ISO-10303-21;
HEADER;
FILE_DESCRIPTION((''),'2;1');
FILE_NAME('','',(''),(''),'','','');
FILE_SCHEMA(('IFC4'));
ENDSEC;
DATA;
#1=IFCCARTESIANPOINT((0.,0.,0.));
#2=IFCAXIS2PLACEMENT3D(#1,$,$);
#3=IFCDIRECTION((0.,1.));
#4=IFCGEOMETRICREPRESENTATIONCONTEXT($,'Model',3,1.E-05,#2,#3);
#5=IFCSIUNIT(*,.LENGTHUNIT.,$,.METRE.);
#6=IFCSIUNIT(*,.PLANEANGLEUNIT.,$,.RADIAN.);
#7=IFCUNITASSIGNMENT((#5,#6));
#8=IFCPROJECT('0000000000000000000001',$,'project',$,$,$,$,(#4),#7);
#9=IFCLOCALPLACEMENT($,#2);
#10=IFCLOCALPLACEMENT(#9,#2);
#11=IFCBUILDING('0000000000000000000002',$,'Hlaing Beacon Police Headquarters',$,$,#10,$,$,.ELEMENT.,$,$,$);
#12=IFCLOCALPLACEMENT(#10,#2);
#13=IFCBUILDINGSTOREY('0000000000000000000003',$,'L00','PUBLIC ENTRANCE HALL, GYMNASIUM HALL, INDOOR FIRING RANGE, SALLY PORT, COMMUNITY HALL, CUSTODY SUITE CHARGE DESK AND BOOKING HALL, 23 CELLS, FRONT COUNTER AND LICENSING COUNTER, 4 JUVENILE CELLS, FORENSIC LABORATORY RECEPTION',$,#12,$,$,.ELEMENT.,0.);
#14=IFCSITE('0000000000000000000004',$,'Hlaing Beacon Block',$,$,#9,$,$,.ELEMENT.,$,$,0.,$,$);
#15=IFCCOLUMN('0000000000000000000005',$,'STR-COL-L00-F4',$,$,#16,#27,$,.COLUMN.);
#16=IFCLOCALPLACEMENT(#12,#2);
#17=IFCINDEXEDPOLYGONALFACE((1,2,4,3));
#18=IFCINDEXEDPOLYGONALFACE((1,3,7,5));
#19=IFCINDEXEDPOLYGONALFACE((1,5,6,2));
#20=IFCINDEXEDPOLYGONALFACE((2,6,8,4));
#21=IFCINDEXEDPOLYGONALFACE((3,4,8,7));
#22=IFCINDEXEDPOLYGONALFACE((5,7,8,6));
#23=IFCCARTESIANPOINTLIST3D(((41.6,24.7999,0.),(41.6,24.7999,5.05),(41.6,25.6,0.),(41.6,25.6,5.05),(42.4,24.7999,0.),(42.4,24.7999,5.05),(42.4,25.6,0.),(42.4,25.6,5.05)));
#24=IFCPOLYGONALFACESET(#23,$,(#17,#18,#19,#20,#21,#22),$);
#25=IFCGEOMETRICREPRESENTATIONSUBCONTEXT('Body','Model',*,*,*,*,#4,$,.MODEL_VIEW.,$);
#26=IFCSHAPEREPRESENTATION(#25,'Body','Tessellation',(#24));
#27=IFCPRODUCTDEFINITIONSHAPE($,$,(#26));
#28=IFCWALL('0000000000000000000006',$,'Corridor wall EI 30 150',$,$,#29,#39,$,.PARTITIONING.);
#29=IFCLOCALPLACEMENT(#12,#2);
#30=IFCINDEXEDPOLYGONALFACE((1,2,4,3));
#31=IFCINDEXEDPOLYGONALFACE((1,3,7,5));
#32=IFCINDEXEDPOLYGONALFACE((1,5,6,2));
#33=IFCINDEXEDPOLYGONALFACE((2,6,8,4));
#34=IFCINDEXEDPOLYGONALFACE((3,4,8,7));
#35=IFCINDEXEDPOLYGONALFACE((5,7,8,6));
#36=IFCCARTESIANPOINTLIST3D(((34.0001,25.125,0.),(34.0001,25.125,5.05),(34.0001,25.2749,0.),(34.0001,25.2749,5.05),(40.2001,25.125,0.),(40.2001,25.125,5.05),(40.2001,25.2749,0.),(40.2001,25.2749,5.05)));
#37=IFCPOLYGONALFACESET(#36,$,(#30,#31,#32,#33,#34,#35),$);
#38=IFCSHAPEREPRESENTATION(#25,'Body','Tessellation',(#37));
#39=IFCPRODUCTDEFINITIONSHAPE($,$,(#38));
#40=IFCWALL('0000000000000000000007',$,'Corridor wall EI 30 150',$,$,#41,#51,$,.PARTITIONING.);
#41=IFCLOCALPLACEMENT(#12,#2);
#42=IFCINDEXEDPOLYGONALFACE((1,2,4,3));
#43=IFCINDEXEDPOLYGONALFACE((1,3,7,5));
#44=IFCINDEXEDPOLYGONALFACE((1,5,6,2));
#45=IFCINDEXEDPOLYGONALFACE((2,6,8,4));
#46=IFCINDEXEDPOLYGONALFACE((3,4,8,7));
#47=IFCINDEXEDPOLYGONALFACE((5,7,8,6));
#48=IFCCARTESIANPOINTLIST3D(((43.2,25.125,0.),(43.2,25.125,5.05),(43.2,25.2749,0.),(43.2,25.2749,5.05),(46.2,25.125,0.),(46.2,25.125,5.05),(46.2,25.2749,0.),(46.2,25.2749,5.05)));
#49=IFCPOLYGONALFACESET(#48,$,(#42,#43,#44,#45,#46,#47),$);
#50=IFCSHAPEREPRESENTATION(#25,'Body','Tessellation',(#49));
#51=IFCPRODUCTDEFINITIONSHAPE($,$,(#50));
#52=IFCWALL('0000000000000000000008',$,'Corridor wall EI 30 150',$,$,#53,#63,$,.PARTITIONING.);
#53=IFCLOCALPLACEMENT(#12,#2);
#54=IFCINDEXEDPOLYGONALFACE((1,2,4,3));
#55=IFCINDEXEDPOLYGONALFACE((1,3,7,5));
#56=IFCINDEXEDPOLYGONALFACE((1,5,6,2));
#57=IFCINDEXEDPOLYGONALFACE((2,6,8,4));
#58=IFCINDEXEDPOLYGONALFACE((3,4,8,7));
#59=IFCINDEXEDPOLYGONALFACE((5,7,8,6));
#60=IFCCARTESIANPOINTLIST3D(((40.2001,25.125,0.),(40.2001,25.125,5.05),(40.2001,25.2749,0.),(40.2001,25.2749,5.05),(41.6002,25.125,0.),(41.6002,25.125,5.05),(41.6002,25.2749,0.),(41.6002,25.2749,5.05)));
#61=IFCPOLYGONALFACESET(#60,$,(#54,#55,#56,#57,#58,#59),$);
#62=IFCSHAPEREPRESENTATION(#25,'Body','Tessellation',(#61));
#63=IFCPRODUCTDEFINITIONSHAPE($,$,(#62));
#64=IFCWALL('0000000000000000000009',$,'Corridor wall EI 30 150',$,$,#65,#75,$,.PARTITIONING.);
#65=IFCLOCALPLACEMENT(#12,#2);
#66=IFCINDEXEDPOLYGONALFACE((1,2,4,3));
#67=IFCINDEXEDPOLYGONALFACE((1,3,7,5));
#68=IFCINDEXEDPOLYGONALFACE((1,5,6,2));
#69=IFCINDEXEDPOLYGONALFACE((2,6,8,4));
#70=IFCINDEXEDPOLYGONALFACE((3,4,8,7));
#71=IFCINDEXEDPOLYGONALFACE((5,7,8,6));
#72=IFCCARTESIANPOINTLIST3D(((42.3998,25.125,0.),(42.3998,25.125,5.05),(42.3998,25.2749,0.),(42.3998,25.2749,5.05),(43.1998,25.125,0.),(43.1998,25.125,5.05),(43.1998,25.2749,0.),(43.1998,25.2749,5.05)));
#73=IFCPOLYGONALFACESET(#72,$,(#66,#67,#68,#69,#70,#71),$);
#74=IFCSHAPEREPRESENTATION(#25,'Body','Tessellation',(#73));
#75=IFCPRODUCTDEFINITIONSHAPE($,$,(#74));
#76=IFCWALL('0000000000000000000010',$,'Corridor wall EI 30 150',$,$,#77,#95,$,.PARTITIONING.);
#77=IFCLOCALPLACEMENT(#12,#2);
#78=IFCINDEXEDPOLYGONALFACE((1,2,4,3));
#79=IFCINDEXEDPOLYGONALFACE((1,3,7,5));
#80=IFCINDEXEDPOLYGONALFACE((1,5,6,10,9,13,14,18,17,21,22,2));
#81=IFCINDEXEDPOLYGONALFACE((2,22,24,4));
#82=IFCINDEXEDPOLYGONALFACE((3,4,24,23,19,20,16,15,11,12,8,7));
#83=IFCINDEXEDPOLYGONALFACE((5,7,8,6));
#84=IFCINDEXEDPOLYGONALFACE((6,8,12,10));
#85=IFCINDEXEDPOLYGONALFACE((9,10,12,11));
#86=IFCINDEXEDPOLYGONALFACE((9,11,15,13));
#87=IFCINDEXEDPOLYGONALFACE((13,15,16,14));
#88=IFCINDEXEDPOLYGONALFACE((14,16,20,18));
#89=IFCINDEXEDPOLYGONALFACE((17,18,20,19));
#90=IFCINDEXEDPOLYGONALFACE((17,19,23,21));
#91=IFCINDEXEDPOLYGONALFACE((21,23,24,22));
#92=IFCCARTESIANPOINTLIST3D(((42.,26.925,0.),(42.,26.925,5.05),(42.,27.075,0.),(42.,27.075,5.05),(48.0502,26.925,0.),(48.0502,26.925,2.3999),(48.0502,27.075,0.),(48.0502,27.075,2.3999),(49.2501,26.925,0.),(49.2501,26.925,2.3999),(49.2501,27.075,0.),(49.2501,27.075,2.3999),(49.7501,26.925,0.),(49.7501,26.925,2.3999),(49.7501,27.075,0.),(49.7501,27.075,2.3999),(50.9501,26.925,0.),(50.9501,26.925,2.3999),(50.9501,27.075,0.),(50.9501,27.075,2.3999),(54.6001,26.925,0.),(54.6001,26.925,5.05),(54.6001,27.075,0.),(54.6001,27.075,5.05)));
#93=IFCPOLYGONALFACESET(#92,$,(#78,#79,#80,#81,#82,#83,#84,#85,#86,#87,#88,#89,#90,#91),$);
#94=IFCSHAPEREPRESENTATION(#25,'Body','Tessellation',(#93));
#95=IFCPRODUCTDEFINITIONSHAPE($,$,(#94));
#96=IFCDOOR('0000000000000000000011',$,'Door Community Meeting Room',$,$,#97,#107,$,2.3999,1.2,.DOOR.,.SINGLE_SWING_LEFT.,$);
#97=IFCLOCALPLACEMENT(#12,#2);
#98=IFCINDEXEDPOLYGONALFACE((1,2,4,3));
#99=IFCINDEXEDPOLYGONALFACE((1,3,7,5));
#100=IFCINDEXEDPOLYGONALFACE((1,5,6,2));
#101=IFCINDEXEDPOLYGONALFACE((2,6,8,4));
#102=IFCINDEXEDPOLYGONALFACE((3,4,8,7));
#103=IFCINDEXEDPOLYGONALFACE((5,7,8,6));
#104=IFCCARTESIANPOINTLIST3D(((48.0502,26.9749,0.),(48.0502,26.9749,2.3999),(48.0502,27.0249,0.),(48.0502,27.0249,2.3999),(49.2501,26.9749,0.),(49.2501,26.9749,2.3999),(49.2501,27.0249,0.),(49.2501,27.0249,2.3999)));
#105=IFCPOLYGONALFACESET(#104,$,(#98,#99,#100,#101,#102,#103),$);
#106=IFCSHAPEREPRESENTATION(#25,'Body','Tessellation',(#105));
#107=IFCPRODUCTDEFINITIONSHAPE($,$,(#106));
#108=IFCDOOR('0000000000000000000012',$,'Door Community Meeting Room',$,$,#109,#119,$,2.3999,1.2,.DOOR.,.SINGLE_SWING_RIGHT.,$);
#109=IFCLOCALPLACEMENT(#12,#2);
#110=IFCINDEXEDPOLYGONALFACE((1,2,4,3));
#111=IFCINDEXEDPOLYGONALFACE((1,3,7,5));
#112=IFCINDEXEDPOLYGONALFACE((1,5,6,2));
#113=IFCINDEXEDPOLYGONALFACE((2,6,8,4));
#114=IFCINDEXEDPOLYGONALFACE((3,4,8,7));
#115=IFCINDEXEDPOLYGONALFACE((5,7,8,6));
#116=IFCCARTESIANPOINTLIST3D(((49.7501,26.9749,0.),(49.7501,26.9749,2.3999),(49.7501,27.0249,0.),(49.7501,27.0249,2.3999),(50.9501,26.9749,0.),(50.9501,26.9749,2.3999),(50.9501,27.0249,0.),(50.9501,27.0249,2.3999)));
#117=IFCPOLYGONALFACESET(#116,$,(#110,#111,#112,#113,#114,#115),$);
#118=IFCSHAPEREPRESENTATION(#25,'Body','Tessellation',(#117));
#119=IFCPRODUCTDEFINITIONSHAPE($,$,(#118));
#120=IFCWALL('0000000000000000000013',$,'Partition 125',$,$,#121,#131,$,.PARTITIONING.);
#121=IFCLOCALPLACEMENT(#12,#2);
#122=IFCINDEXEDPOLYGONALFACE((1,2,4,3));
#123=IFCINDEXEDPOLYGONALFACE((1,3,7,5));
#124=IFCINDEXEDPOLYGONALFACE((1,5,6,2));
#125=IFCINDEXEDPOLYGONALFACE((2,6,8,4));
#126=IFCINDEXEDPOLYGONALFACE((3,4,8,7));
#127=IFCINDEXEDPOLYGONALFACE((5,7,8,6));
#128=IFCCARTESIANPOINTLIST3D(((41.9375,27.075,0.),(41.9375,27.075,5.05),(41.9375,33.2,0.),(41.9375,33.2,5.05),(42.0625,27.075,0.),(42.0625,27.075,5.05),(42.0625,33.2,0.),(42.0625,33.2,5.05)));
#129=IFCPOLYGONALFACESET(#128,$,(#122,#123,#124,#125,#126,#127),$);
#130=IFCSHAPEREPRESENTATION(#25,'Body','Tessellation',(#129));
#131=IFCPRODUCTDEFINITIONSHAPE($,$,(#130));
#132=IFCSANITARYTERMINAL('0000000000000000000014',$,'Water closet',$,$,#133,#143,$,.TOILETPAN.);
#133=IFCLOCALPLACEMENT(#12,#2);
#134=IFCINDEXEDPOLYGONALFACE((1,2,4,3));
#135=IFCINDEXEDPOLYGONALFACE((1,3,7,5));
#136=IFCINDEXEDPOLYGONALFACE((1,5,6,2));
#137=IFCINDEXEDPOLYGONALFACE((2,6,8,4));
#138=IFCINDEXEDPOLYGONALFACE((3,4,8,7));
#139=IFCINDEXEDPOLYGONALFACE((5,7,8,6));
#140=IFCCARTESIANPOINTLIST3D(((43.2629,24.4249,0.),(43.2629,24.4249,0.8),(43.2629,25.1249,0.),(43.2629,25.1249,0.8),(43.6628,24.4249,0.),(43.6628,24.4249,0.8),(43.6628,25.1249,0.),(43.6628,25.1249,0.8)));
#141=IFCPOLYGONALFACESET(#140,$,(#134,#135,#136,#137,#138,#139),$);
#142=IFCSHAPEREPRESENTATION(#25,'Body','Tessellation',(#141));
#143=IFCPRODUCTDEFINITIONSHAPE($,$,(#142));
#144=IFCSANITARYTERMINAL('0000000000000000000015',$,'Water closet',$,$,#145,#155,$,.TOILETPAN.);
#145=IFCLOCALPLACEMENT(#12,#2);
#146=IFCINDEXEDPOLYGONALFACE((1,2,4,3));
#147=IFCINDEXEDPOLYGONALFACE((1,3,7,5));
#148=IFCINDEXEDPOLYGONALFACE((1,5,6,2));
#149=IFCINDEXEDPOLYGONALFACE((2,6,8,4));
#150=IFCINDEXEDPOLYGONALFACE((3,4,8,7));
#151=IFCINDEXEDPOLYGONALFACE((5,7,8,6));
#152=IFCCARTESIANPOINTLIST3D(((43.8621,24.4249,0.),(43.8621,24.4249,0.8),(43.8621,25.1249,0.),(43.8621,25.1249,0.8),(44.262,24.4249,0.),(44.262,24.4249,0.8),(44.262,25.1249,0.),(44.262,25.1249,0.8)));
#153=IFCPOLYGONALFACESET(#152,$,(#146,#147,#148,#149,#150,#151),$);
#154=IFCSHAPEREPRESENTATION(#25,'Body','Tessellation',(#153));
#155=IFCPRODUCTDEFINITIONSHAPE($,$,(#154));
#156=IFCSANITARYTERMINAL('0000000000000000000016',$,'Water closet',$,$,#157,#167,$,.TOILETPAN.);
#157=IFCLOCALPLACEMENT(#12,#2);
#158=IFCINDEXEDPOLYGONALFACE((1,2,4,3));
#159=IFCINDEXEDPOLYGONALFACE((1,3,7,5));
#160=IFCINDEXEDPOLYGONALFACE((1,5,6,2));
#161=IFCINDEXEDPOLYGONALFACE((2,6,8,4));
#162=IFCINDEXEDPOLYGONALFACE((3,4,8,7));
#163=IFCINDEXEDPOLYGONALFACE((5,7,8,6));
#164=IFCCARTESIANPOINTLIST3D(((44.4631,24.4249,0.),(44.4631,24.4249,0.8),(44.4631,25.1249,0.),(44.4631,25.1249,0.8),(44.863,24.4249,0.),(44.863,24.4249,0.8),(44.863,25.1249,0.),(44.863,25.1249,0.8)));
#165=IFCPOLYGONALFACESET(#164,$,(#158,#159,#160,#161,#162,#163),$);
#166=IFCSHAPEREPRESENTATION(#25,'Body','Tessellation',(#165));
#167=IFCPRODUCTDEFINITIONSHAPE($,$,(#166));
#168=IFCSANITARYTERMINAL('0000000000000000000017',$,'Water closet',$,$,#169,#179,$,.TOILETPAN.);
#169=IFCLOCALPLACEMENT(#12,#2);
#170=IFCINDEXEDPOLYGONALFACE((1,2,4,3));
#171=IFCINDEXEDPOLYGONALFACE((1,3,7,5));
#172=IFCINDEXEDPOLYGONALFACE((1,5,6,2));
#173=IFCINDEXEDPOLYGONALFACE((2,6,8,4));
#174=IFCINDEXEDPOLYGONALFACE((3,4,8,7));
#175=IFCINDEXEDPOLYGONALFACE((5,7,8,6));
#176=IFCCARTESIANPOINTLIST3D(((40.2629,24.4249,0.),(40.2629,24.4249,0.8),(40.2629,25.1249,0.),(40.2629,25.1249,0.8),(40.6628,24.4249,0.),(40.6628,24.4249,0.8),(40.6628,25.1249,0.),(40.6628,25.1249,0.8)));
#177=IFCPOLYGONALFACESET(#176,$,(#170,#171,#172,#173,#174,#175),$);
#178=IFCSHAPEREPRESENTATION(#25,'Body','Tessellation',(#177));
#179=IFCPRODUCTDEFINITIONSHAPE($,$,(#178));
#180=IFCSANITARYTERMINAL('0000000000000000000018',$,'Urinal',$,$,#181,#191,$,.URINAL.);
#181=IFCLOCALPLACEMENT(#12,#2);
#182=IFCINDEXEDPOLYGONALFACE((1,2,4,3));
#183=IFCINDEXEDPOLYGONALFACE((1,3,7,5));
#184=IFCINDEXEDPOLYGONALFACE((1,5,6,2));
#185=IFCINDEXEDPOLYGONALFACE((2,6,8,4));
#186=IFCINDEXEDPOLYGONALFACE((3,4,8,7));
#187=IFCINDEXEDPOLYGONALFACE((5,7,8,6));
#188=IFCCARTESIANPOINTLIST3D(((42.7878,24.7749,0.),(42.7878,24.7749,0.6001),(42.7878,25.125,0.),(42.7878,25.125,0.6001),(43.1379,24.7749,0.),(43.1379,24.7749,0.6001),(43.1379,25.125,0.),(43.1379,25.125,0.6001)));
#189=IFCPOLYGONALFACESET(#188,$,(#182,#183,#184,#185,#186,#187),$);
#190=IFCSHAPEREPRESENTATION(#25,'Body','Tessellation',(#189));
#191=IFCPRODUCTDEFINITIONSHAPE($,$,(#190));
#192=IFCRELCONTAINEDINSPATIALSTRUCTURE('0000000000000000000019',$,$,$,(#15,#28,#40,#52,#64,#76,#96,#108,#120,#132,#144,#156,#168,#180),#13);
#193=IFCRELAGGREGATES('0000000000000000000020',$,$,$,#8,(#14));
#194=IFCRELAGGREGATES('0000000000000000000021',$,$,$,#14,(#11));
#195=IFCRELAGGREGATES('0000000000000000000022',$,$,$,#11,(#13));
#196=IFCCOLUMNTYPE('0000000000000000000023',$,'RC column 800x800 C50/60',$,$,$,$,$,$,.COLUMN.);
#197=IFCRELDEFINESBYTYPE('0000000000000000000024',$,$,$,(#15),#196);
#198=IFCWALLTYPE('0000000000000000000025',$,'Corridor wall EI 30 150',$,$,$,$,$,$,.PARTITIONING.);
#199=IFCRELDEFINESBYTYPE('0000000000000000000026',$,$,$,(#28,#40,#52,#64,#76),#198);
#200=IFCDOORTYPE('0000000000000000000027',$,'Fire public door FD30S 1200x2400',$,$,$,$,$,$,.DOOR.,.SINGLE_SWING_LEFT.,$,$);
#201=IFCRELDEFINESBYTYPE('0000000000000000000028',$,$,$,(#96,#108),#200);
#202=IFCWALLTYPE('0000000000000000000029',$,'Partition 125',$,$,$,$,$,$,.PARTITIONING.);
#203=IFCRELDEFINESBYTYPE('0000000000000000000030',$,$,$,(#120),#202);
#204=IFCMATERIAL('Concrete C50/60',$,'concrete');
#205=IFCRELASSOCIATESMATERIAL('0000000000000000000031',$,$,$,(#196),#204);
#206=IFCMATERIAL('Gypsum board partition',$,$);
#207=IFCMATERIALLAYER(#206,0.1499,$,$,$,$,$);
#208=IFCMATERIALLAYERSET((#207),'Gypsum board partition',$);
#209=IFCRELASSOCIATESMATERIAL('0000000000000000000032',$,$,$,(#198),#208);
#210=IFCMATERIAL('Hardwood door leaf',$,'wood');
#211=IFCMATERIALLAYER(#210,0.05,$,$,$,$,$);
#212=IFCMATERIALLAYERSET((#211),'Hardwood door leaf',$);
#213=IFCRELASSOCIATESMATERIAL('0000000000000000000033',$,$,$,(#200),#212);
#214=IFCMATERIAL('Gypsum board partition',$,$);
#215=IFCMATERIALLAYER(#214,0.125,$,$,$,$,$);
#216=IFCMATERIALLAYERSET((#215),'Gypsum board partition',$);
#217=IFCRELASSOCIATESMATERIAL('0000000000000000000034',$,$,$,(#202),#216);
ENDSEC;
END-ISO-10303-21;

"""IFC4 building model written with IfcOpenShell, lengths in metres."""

from ifc_helpers import new_model, si_unit, direction, frame, frame_2d, origin, origin_2d, place, context, subcontext, project, spatial, rectangle, extrude, material, layer, layer_set, material_profile, profile_set, type_object, element, fill, save


model = new_model("IFC4")

# Units and contexts
model_context = context("Model", 3, precision=1e-05, world=origin(), true_north=direction((0.0, 1.0)))
body_context = subcontext(model_context, "Body", "Model", "MODEL_VIEW")
ifc_project = project(units=[si_unit("LENGTHUNIT", "METRE"), si_unit("PLANEANGLEUNIT", "RADIAN")], contexts=[model_context])

# Site, building, storey
site_placement = place(None, origin())
site = spatial("IfcSite", under=ifc_project, at=site_placement, Name="Hlaing Beacon Block", CompositionType="ELEMENT", RefElevation=0.0)
building_placement = place(site_placement, origin())
building = spatial("IfcBuilding", under=site, at=building_placement, Name="Hlaing Beacon Police Headquarters", CompositionType="ELEMENT")
storey_placement = place(building_placement, origin())
storey = spatial("IfcBuildingStorey", under=building, at=storey_placement, Name="L00", Description="PUBLIC ENTRANCE HALL, GYMNASIUM HALL, INDOOR FIRING RANGE, SALLY PORT, COMMUNITY HALL, CUSTODY SUITE CHARGE DESK AND BOOKING HALL, 23 CELLS, FRONT COUNTER AND LICENSING COUNTER, 4 JUVENILE CELLS, FORENSIC LABORATORY RECEPTION", CompositionType="ELEMENT", Elevation=0.0)

# Column
ifc_material_1 = material(Name="Concrete C50/60", Category="concrete")
ifc_material_profile = material_profile(ifc_material_1, rectangle(XDim=0.8, YDim=0.8, at=origin_2d()), Name="800x800")
ifc_profile_set = profile_set([ifc_material_profile], Name="Concrete C50/60")
column_type = type_object("IfcColumnType", Name="RC column 800x800 C50/60", PredefinedType="COLUMN", material=ifc_profile_set)
column_placement = place(storey_placement, frame((42.0, 25.2, 0.0), z_axis=(0.0, 0.0, 1.0), x_axis=(1.0, 0.0, 0.0)))
element("IfcColumn", 1, at=column_placement, inside=storey, type_object=column_type, Name="STR-COL-L00-F4", PredefinedType="COLUMN", context=body_context, shape_type="SweptSolid", body=[
    extrude(rectangle(XDim=0.8, YDim=0.8, at=origin_2d()), origin(), (0.0, 0.0, 1.0), 5.05),
])

# Walls
ifc_material_2 = material(Name="Gypsum board partition")
ifc_layer_1 = layer(ifc_material_2, 0.1499)
ifc_layer_set_1 = layer_set([ifc_layer_1], Name="Gypsum board partition")
wall_type_1 = type_object("IfcWallType", Name="Corridor wall EI 30 150", PredefinedType="PARTITIONING", material=ifc_layer_set_1)
wall_1_placement = place(storey_placement, frame((34.0, 25.2, 0.0), z_axis=(0.0, 0.0, 1.0), x_axis=(1.0, 0.0, 0.0)))
element("IfcWall", 2, at=wall_1_placement, inside=storey, type_object=wall_type_1, Name="Corridor wall EI 30 150", PredefinedType="PARTITIONING", context=body_context, shape_type="SweptSolid", body=[
    extrude(rectangle(XDim=6.2, YDim=0.1499, at=frame_2d((3.1001, 0.0))), origin(), (0.0, 0.0, 1.0), 5.05),
])
wall_2_placement = place(storey_placement, frame((43.2, 25.2, 0.0), z_axis=(0.0, 0.0, 1.0), x_axis=(1.0, 0.0, 0.0)))
element("IfcWall", 3, at=wall_2_placement, inside=storey, type_object=wall_type_1, Name="Corridor wall EI 30 150", PredefinedType="PARTITIONING", context=body_context, shape_type="SweptSolid", body=[
    extrude(rectangle(XDim=3.0, YDim=0.1499, at=frame_2d((1.5, 0.0))), origin(), (0.0, 0.0, 1.0), 5.05),
])
wall_3_placement = place(storey_placement, frame((40.2, 25.2, 0.0), z_axis=(0.0, 0.0, 1.0), x_axis=(1.0, 0.0, 0.0)))
element("IfcWall", 4, at=wall_3_placement, inside=storey, type_object=wall_type_1, Name="Corridor wall EI 30 150", PredefinedType="PARTITIONING", context=body_context, shape_type="SweptSolid", body=[
    extrude(rectangle(XDim=1.4001, YDim=0.1499, at=frame_2d((0.7002, 0.0))), origin(), (0.0, 0.0, 1.0), 5.05),
])
wall_4_placement = place(storey_placement, frame((42.3999, 25.2, 0.0), z_axis=(0.0, 0.0, 1.0), x_axis=(1.0, 0.0, 0.0)))
element("IfcWall", 5, at=wall_4_placement, inside=storey, type_object=wall_type_1, Name="Corridor wall EI 30 150", PredefinedType="PARTITIONING", context=body_context, shape_type="SweptSolid", body=[
    extrude(rectangle(XDim=0.8, YDim=0.1499, at=frame_2d((0.3999, 0.0))), origin(), (0.0, 0.0, 1.0), 5.05),
])

# Wall, openings, doors
wall_5_placement = place(storey_placement, frame((42.0, 27.0, 0.0), z_axis=(0.0, 0.0, 1.0), x_axis=(1.0, 0.0, 0.0)))
wall_5 = element("IfcWall", 6, at=wall_5_placement, inside=storey, type_object=wall_type_1, Name="Corridor wall EI 30 150", PredefinedType="PARTITIONING", context=body_context, shape_type="SweptSolid", body=[
    extrude(rectangle(XDim=12.6001, YDim=0.1499, at=frame_2d((6.3, 0.0))), origin(), (0.0, 0.0, 1.0), 5.05),
])
opening_1_placement = place(wall_5_placement, frame((6.05, 0.0, 0.0)))
opening_1 = element("IfcOpeningElement", 7, at=opening_1_placement, cuts=wall_5, PredefinedType="OPENING", context=body_context, shape_type="SweptSolid", body=[
    extrude(rectangle(XDim=1.2, YDim=2.3999, at=frame_2d((0.6001, 1.2))), frame((0.0, 0.085, 0.0), z_axis=(0.0, -1.0, 0.0), x_axis=(1.0, 0.0, 0.0)), (0.0, 0.0, 1.0), 0.1699),
])
opening_2_placement = place(wall_5_placement, frame((7.75, 0.0, 0.0)))
opening_2 = element("IfcOpeningElement", 8, at=opening_2_placement, cuts=wall_5, PredefinedType="OPENING", context=body_context, shape_type="SweptSolid", body=[
    extrude(rectangle(XDim=1.2, YDim=2.3999, at=frame_2d((0.6001, 1.2))), frame((0.0, 0.085, 0.0), z_axis=(0.0, -1.0, 0.0), x_axis=(1.0, 0.0, 0.0)), (0.0, 0.0, 1.0), 0.1699),
])
ifc_material_3 = material(Name="Hardwood door leaf", Category="wood")
ifc_layer_2 = layer(ifc_material_3, 0.05)
ifc_layer_set_2 = layer_set([ifc_layer_2], Name="Hardwood door leaf")
door_type = type_object("IfcDoorType", Name="Fire public door FD30S 1200x2400", OperationType="SINGLE_SWING_LEFT", PredefinedType="DOOR", material=ifc_layer_set_2)
door_1_placement = place(opening_1_placement, frame((1.2, 0.0, 0.0), z_axis=(0.0, 0.0, 1.0), x_axis=(-1.0, 0.0, 0.0)))
door_1 = element("IfcDoor", 9, at=door_1_placement, inside=storey, type_object=door_type, Name="Door Community Meeting Room", OperationType="SINGLE_SWING_LEFT", OverallHeight=2.3999, OverallWidth=1.2, PredefinedType="DOOR", context=body_context, shape_type="SweptSolid", body=[
    extrude(rectangle(XDim=1.2, YDim=2.3999, at=frame_2d((0.5999, 1.2))), frame((0.0, 0.0251, 0.0), z_axis=(0.0, -1.0, 0.0), x_axis=(1.0, 0.0, 0.0)), (0.0, 0.0, 1.0), 0.05),
])
fill(opening_1, door_1)
door_2_placement = place(opening_2_placement, frame((1.2, 0.0, 0.0), z_axis=(0.0, 0.0, 1.0), x_axis=(-1.0, 0.0, 0.0)))
door_2 = element("IfcDoor", 10, at=door_2_placement, inside=storey, type_object=door_type, Name="Door Community Meeting Room", OperationType="SINGLE_SWING_RIGHT", OverallHeight=2.3999, OverallWidth=1.2, PredefinedType="DOOR", context=body_context, shape_type="SweptSolid", body=[
    extrude(rectangle(XDim=1.2, YDim=2.3999, at=frame_2d((0.5999, 1.2))), frame((0.0, 0.0251, 0.0), z_axis=(0.0, -1.0, 0.0), x_axis=(1.0, 0.0, 0.0)), (0.0, 0.0, 1.0), 0.05),
])
fill(opening_2, door_2)

# Wall
ifc_material_4 = material(Name="Gypsum board partition")
ifc_layer_3 = layer(ifc_material_4, 0.125)
ifc_layer_set_3 = layer_set([ifc_layer_3], Name="Gypsum board partition")
wall_type_2 = type_object("IfcWallType", Name="Partition 125", PredefinedType="PARTITIONING", material=ifc_layer_set_3)
wall_6_placement = place(storey_placement, frame((42.0, 27.075, 0.0), z_axis=(0.0, 0.0, 1.0), x_axis=(0.0, 1.0, 0.0)))
element("IfcWall", 11, at=wall_6_placement, inside=storey, type_object=wall_type_2, Name="Partition 125", PredefinedType="PARTITIONING", context=body_context, shape_type="SweptSolid", body=[
    extrude(rectangle(XDim=6.125, YDim=0.125, at=frame_2d((3.0625, 0.0))), origin(), (0.0, 0.0, 1.0), 5.05),
])

# Sanitary terminals
for number, where, z_axis, x_axis, name in (
    (12, (43.4629, 24.7749, 0.0), (0.0, 0.0, 1.0), (1.0, 0.0, 0.0), "Water closet"),
    (13, (44.062, 24.7749, 0.0), (0.0, 0.0, 1.0), (1.0, 0.0, 0.0), "Water closet"),
    (14, (44.6631, 24.7749, 0.0), (0.0, 0.0, 1.0), (1.0, 0.0, 0.0), "Water closet"),
    (15, (40.4629, 24.7749, 0.0), (0.0, 0.0, 1.0), (1.0, 0.0, 0.0), "Water closet"),
):
    element("IfcSanitaryTerminal", number, at=place(storey_placement, frame(where, z_axis=z_axis, x_axis=x_axis)), inside=storey, Name=name, PredefinedType="TOILETPAN", context=body_context, shape_type="SweptSolid", body=[
        extrude(rectangle(XDim=0.3999, YDim=0.7, at=origin_2d()), origin(), (0.0, 0.0, 1.0), 0.8),
    ])
for number, where, z_axis, x_axis, name in (
    (16, (42.9629, 24.95, 0.0), (0.0, 0.0, 1.0), (1.0, 0.0, 0.0), "Urinal"),
):
    element("IfcSanitaryTerminal", number, at=place(storey_placement, frame(where, z_axis=z_axis, x_axis=x_axis)), inside=storey, Name=name, PredefinedType="URINAL", context=body_context, shape_type="SweptSolid", body=[
        extrude(rectangle(XDim=0.3501, YDim=0.3501, at=origin_2d()), origin(), (0.0, 0.0, 1.0), 0.6001),
    ])

save(model, "model.ifc")
